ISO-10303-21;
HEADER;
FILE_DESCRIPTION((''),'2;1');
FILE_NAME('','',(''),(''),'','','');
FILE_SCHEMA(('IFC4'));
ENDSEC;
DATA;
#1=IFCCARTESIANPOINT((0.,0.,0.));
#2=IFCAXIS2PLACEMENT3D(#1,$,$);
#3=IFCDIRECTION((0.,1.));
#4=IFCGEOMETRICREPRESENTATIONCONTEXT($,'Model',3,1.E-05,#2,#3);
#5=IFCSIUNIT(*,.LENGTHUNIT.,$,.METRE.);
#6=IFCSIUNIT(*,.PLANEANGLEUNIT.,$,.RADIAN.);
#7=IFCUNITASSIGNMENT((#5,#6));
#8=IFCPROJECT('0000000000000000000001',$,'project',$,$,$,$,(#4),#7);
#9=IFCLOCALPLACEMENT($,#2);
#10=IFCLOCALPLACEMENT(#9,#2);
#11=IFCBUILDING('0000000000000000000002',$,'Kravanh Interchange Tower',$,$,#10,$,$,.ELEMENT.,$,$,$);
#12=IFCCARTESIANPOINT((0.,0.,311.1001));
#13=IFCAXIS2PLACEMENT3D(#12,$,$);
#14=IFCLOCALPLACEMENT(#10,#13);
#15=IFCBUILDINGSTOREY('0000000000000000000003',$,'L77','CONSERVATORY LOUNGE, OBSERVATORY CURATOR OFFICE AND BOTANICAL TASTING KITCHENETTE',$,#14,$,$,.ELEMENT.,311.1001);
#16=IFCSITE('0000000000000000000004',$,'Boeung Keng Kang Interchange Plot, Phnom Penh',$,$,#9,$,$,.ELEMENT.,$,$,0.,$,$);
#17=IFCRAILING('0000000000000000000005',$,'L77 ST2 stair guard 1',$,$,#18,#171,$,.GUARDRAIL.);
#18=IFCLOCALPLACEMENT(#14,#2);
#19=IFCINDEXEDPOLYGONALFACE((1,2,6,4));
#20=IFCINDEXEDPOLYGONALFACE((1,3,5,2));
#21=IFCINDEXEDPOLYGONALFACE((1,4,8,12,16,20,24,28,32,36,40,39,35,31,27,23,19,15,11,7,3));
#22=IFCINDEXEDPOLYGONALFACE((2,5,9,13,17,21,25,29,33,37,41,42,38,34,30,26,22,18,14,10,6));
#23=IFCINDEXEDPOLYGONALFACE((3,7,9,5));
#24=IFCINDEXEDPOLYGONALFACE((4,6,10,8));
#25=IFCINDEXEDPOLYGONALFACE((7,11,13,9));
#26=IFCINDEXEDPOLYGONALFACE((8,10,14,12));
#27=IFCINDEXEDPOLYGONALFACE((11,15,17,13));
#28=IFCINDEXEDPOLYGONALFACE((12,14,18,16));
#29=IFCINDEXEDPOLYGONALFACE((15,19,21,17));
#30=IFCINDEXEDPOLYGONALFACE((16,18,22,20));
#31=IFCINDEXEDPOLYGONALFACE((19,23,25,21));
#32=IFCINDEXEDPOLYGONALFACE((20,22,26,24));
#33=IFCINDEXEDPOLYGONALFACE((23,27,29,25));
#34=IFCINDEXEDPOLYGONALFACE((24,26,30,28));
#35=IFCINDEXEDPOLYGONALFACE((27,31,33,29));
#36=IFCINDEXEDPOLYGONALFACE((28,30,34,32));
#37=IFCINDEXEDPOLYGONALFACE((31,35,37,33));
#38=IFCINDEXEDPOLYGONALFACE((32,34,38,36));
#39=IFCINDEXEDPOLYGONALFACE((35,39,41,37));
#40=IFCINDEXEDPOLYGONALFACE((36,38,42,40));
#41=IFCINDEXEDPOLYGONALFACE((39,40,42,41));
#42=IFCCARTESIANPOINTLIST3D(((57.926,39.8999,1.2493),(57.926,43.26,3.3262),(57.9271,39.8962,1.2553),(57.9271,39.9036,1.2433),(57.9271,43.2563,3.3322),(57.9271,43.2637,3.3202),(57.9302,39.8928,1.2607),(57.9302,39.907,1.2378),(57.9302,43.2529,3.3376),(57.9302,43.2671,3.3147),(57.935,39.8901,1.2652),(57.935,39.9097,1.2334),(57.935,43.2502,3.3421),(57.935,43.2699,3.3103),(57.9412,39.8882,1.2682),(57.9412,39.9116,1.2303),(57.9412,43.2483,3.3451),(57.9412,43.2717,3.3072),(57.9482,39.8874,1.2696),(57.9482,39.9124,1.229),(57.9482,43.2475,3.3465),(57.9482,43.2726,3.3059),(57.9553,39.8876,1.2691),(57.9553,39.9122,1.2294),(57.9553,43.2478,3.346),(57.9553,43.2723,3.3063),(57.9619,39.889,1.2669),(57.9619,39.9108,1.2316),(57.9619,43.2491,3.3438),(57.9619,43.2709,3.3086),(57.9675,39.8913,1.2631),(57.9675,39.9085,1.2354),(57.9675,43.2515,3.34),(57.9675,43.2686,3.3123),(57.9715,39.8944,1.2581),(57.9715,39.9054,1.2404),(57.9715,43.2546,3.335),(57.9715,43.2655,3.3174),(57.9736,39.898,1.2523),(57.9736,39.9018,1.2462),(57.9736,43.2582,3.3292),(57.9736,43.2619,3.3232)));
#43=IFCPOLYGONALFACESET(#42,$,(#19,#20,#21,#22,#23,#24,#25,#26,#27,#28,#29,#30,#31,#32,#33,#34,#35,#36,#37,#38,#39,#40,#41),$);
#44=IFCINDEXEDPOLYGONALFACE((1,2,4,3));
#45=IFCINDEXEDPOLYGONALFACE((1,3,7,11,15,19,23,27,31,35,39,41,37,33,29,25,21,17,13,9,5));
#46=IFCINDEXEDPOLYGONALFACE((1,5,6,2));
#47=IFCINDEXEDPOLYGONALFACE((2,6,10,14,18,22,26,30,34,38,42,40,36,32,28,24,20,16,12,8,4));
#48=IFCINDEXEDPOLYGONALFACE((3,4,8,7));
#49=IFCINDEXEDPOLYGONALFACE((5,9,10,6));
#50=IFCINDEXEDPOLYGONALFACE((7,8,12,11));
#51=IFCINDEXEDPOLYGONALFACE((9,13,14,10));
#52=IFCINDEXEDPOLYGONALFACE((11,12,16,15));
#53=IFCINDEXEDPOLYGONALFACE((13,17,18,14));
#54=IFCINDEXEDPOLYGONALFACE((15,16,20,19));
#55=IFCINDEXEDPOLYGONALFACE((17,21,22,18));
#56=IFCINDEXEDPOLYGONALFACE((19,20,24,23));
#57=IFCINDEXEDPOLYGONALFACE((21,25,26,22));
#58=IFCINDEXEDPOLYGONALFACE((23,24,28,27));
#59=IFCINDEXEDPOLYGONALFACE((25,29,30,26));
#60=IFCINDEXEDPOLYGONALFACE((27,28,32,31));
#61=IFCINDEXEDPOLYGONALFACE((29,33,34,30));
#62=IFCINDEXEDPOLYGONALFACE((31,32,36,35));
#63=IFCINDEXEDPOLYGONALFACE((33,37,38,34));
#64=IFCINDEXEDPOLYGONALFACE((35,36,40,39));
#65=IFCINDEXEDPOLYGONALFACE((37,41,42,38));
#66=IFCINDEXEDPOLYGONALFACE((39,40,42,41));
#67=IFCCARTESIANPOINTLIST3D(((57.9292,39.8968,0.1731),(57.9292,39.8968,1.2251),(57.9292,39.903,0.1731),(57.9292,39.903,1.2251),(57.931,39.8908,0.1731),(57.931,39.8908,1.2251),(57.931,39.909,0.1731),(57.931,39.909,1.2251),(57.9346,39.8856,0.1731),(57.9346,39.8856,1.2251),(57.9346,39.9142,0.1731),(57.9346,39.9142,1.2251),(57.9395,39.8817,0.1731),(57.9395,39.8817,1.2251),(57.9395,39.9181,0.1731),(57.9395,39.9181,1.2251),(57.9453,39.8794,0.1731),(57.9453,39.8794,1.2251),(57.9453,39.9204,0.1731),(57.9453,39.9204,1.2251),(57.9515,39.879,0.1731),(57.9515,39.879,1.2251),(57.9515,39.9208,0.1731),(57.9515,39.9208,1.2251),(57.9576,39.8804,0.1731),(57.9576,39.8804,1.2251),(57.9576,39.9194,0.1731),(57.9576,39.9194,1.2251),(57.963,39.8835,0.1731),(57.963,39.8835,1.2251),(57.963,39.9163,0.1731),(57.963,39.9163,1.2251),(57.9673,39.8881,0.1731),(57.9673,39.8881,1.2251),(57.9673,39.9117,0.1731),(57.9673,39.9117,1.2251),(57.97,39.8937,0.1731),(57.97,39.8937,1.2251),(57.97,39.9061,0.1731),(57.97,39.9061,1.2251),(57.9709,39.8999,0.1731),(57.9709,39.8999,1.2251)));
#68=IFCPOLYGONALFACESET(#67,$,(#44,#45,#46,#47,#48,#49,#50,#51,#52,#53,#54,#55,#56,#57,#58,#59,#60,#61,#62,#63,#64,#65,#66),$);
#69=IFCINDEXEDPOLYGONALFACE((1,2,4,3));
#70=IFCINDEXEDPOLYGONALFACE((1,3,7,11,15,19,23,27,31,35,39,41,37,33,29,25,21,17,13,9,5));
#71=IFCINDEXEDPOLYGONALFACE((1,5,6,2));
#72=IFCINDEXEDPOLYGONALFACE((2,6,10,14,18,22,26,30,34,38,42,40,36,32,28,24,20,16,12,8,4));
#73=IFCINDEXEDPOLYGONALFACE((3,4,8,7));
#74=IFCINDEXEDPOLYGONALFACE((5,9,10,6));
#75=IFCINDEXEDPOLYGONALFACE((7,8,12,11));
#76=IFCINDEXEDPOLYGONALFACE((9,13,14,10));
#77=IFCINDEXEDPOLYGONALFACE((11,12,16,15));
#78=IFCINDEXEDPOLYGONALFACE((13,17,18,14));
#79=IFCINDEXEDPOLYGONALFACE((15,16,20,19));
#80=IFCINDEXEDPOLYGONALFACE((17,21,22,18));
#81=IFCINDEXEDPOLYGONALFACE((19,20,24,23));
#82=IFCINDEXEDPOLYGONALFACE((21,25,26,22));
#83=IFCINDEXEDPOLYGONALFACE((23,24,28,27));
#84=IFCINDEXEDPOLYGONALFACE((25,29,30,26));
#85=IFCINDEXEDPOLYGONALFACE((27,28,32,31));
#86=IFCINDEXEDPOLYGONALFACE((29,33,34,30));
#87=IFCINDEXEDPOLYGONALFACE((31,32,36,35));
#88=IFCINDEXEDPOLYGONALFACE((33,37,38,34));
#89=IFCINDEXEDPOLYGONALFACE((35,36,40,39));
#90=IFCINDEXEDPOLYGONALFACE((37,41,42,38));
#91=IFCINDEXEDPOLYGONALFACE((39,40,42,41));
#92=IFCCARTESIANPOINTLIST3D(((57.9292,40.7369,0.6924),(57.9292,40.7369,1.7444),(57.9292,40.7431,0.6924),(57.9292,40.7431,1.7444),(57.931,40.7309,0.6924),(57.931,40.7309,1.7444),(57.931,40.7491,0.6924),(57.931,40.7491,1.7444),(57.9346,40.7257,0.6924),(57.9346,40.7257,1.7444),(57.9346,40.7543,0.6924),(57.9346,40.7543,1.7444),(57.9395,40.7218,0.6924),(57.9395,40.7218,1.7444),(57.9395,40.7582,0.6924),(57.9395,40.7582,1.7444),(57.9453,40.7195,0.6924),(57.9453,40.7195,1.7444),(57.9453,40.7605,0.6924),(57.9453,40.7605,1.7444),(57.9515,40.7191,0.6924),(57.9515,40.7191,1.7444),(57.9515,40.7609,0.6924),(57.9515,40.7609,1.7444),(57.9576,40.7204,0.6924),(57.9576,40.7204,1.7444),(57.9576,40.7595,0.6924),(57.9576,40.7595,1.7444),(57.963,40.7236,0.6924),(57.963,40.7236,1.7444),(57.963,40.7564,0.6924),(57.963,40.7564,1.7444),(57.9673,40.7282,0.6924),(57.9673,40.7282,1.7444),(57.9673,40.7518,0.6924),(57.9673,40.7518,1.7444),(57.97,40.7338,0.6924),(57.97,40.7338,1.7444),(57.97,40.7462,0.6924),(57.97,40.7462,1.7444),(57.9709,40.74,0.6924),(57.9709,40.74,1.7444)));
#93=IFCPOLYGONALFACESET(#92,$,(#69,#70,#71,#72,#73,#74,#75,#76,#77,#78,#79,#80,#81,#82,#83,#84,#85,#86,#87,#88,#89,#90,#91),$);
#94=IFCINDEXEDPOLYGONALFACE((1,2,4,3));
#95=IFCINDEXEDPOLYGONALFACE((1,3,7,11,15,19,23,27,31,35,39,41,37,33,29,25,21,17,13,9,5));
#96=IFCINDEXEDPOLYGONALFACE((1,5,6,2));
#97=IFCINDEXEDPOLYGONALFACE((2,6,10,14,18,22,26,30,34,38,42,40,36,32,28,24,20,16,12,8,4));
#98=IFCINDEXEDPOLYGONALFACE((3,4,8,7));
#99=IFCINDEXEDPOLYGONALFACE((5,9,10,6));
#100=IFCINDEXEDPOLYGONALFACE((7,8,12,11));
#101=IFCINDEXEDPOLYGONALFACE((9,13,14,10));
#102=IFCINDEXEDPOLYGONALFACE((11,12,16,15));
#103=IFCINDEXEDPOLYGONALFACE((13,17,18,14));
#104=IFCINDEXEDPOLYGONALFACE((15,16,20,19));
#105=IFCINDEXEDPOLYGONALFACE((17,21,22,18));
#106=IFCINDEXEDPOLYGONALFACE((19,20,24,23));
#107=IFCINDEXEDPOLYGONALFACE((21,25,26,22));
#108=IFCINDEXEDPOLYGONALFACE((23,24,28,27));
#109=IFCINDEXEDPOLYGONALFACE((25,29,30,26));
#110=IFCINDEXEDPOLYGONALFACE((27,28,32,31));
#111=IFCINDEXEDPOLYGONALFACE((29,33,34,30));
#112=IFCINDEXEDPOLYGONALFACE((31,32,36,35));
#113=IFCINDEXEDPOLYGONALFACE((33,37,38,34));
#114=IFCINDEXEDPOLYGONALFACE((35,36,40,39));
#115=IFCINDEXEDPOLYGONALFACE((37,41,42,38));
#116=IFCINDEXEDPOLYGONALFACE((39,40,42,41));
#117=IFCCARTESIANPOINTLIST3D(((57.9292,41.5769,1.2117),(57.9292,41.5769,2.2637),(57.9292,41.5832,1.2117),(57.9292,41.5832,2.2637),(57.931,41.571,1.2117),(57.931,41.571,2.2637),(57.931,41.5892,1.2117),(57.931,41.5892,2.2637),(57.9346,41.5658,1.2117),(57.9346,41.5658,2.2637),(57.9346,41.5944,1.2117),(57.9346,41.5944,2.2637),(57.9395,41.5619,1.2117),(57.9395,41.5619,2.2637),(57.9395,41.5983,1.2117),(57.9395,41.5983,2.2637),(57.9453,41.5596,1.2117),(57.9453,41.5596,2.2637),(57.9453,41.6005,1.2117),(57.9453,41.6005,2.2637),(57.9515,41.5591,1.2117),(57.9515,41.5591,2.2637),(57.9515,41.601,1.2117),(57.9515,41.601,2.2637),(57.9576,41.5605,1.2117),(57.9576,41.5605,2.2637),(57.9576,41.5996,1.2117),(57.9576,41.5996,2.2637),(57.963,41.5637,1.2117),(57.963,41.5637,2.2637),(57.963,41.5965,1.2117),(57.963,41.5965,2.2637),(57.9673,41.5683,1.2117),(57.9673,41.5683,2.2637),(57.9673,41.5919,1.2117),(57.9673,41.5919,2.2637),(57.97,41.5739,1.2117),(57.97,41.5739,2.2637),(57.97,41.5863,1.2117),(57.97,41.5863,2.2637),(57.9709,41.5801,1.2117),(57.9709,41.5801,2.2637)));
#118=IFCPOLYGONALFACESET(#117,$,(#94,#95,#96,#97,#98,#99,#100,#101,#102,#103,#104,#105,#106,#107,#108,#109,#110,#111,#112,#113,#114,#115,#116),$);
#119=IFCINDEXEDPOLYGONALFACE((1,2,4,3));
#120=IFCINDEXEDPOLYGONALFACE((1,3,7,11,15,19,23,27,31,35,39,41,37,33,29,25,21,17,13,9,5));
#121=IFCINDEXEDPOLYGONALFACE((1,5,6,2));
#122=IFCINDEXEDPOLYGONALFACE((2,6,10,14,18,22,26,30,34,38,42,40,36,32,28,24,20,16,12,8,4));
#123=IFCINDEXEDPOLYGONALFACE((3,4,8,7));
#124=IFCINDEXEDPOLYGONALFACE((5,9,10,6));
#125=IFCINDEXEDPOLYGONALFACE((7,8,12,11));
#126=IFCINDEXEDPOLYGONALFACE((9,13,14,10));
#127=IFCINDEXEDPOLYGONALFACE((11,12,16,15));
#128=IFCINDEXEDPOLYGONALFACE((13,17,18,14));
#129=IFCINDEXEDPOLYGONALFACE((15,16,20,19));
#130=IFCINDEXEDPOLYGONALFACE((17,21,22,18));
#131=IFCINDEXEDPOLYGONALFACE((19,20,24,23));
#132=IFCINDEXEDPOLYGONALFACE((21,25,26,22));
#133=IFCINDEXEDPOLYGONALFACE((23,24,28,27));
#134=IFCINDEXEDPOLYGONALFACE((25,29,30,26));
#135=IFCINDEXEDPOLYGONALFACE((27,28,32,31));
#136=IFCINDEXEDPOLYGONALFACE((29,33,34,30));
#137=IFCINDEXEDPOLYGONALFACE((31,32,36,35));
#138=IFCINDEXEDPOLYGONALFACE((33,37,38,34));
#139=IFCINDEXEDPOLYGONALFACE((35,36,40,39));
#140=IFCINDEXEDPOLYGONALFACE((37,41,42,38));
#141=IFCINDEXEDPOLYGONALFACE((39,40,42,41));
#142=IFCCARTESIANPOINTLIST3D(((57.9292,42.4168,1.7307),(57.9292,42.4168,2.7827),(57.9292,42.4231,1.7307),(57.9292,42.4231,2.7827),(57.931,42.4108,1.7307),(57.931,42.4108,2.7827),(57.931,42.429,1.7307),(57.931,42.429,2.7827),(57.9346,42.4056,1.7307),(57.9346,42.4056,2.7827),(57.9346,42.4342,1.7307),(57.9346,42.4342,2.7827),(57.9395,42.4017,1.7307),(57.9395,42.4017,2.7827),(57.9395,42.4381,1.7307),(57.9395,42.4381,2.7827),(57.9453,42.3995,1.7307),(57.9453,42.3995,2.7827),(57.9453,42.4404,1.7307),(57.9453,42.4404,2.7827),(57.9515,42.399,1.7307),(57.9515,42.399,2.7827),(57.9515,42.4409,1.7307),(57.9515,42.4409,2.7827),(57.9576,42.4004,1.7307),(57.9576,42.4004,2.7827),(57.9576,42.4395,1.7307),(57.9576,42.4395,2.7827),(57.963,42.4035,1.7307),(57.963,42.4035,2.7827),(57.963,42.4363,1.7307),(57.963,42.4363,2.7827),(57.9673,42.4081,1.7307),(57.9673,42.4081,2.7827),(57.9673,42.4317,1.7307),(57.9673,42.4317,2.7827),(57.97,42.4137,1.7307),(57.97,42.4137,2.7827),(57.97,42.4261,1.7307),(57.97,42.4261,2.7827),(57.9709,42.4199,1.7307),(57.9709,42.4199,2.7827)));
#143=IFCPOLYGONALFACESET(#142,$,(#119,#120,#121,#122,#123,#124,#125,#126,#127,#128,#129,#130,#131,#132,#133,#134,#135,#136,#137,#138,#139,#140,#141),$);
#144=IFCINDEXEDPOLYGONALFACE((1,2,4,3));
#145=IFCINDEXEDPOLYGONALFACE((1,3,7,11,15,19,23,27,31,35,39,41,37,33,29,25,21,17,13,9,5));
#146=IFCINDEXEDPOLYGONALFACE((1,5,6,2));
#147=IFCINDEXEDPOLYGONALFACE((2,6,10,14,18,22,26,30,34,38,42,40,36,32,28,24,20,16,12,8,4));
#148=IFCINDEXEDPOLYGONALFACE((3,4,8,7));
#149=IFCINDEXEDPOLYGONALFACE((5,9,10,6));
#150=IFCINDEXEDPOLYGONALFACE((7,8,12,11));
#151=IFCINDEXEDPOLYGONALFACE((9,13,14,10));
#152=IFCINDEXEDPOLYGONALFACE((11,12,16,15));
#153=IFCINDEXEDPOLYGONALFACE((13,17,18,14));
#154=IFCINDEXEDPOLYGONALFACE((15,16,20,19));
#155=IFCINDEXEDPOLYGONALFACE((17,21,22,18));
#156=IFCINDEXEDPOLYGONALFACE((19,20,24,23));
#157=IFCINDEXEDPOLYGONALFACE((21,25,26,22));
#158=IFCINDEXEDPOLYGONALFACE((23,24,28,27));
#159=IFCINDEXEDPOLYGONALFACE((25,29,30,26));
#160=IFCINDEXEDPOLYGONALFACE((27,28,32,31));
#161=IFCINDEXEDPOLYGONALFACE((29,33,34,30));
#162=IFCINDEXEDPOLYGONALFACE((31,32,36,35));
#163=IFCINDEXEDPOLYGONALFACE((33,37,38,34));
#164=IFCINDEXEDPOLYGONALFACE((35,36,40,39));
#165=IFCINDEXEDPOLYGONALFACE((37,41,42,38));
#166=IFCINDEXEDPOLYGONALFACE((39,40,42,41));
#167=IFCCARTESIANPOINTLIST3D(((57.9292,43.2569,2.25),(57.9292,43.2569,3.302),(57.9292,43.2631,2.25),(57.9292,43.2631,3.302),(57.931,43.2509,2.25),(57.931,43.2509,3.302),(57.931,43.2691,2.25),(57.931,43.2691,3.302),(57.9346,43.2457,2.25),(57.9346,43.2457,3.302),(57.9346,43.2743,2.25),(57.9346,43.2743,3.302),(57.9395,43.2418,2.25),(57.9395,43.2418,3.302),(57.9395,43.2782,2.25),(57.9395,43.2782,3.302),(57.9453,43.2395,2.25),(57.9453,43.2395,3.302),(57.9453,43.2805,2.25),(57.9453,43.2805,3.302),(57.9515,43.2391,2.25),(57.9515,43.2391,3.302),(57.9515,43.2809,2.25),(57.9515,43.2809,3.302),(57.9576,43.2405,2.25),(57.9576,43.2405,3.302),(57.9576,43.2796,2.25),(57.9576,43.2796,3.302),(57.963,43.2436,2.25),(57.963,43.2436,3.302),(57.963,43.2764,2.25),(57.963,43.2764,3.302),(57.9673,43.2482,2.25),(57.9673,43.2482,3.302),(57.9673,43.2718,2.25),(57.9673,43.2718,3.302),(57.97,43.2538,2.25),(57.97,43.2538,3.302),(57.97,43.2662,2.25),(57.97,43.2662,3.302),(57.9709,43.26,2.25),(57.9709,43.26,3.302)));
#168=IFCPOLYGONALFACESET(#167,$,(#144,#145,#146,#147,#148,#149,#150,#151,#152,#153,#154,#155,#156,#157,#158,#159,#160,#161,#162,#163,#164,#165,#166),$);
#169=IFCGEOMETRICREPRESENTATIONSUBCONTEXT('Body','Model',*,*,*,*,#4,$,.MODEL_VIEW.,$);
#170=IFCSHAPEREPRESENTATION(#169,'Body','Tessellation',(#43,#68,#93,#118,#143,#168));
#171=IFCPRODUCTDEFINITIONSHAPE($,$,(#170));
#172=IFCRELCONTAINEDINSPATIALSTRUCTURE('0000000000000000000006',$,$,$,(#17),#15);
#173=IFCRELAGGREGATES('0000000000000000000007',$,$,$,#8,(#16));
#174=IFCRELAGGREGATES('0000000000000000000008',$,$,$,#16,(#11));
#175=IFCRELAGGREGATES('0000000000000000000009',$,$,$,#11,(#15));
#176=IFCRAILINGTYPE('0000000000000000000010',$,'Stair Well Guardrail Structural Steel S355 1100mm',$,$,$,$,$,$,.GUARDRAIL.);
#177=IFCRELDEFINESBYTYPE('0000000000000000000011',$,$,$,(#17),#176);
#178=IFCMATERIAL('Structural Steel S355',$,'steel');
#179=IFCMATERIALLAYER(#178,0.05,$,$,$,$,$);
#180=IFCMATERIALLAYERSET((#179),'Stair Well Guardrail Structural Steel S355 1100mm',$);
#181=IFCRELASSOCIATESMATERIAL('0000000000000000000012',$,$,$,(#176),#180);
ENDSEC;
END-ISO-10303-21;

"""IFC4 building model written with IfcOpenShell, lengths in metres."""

from ifc_helpers import new_model, si_unit, direction, frame, origin, origin_2d, place, context, subcontext, project, spatial, circle, extrude, material, layer, layer_set, type_object, element, save


model = new_model("IFC4")

# Units and contexts
model_context = context("Model", 3, precision=1e-05, world=origin(), true_north=direction((0.0, 1.0)))
body_context = subcontext(model_context, "Body", "Model", "MODEL_VIEW")
ifc_project = project(units=[si_unit("LENGTHUNIT", "METRE"), si_unit("PLANEANGLEUNIT", "RADIAN")], contexts=[model_context])

# Site, building, storey
site_placement = place(None, origin())
site = spatial("IfcSite", under=ifc_project, at=site_placement, Name="Boeung Keng Kang Interchange Plot, Phnom Penh", CompositionType="ELEMENT", RefElevation=0.0)
building_placement = place(site_placement, origin())
building = spatial("IfcBuilding", under=site, at=building_placement, Name="Kravanh Interchange Tower", CompositionType="ELEMENT")
storey_placement = place(building_placement, frame((0.0, 0.0, 311.1001)))
storey = spatial("IfcBuildingStorey", under=building, at=storey_placement, Name="L77", Description="CONSERVATORY LOUNGE, OBSERVATORY CURATOR OFFICE AND BOTANICAL TASTING KITCHENETTE", CompositionType="ELEMENT", Elevation=311.1001)

# Railing
ifc_material_1 = material(Name="Structural Steel S355", Category="steel")
ifc_layer_1 = layer(ifc_material_1, 0.05)
ifc_layer_set_1 = layer_set([ifc_layer_1], Name="Stair Well Guardrail Structural Steel S355 1100mm")
railing_type_1 = type_object("IfcRailingType", Name="Stair Well Guardrail Structural Steel S355 1100mm", PredefinedType="GUARDRAIL", material=ifc_layer_set_1)
railing_1_placement = place(storey_placement, frame((57.95, 39.8999, 0.1731)))
element("IfcRailing", 1, at=railing_1_placement, inside=storey, type_object=railing_type_1, Name="L77 ST2 stair guard 1", PredefinedType="GUARDRAIL", context=body_context, shape_type="SweptSolid", body=[
    extrude(circle(Radius=0.0239, at=origin_2d()), frame((0.0, 0.0, 1.0762), z_axis=(0.0, 0.850623, 0.525776), x_axis=(-1.0, 0.0, 0.0)), (0.0, 0.0, 1.0), 3.9502),
    extrude(circle(Radius=0.021, at=origin_2d()), origin(), (0.0, 0.0, 1.0), 1.052),
    extrude(circle(Radius=0.021, at=origin_2d()), frame((0.0, 0.8401, 0.5193)), (0.0, 0.0, 1.0), 1.052),
    extrude(circle(Radius=0.021, at=origin_2d()), frame((0.0, 1.6802, 1.0386)), (0.0, 0.0, 1.0), 1.052),
    extrude(circle(Radius=0.021, at=origin_2d()), frame((0.0, 2.52, 1.5576)), (0.0, 0.0, 1.0), 1.052),
    extrude(circle(Radius=0.021, at=origin_2d()), frame((0.0, 3.3601, 2.0769)), (0.0, 0.0, 1.0), 1.052),
])

save(model, "model.ifc")
